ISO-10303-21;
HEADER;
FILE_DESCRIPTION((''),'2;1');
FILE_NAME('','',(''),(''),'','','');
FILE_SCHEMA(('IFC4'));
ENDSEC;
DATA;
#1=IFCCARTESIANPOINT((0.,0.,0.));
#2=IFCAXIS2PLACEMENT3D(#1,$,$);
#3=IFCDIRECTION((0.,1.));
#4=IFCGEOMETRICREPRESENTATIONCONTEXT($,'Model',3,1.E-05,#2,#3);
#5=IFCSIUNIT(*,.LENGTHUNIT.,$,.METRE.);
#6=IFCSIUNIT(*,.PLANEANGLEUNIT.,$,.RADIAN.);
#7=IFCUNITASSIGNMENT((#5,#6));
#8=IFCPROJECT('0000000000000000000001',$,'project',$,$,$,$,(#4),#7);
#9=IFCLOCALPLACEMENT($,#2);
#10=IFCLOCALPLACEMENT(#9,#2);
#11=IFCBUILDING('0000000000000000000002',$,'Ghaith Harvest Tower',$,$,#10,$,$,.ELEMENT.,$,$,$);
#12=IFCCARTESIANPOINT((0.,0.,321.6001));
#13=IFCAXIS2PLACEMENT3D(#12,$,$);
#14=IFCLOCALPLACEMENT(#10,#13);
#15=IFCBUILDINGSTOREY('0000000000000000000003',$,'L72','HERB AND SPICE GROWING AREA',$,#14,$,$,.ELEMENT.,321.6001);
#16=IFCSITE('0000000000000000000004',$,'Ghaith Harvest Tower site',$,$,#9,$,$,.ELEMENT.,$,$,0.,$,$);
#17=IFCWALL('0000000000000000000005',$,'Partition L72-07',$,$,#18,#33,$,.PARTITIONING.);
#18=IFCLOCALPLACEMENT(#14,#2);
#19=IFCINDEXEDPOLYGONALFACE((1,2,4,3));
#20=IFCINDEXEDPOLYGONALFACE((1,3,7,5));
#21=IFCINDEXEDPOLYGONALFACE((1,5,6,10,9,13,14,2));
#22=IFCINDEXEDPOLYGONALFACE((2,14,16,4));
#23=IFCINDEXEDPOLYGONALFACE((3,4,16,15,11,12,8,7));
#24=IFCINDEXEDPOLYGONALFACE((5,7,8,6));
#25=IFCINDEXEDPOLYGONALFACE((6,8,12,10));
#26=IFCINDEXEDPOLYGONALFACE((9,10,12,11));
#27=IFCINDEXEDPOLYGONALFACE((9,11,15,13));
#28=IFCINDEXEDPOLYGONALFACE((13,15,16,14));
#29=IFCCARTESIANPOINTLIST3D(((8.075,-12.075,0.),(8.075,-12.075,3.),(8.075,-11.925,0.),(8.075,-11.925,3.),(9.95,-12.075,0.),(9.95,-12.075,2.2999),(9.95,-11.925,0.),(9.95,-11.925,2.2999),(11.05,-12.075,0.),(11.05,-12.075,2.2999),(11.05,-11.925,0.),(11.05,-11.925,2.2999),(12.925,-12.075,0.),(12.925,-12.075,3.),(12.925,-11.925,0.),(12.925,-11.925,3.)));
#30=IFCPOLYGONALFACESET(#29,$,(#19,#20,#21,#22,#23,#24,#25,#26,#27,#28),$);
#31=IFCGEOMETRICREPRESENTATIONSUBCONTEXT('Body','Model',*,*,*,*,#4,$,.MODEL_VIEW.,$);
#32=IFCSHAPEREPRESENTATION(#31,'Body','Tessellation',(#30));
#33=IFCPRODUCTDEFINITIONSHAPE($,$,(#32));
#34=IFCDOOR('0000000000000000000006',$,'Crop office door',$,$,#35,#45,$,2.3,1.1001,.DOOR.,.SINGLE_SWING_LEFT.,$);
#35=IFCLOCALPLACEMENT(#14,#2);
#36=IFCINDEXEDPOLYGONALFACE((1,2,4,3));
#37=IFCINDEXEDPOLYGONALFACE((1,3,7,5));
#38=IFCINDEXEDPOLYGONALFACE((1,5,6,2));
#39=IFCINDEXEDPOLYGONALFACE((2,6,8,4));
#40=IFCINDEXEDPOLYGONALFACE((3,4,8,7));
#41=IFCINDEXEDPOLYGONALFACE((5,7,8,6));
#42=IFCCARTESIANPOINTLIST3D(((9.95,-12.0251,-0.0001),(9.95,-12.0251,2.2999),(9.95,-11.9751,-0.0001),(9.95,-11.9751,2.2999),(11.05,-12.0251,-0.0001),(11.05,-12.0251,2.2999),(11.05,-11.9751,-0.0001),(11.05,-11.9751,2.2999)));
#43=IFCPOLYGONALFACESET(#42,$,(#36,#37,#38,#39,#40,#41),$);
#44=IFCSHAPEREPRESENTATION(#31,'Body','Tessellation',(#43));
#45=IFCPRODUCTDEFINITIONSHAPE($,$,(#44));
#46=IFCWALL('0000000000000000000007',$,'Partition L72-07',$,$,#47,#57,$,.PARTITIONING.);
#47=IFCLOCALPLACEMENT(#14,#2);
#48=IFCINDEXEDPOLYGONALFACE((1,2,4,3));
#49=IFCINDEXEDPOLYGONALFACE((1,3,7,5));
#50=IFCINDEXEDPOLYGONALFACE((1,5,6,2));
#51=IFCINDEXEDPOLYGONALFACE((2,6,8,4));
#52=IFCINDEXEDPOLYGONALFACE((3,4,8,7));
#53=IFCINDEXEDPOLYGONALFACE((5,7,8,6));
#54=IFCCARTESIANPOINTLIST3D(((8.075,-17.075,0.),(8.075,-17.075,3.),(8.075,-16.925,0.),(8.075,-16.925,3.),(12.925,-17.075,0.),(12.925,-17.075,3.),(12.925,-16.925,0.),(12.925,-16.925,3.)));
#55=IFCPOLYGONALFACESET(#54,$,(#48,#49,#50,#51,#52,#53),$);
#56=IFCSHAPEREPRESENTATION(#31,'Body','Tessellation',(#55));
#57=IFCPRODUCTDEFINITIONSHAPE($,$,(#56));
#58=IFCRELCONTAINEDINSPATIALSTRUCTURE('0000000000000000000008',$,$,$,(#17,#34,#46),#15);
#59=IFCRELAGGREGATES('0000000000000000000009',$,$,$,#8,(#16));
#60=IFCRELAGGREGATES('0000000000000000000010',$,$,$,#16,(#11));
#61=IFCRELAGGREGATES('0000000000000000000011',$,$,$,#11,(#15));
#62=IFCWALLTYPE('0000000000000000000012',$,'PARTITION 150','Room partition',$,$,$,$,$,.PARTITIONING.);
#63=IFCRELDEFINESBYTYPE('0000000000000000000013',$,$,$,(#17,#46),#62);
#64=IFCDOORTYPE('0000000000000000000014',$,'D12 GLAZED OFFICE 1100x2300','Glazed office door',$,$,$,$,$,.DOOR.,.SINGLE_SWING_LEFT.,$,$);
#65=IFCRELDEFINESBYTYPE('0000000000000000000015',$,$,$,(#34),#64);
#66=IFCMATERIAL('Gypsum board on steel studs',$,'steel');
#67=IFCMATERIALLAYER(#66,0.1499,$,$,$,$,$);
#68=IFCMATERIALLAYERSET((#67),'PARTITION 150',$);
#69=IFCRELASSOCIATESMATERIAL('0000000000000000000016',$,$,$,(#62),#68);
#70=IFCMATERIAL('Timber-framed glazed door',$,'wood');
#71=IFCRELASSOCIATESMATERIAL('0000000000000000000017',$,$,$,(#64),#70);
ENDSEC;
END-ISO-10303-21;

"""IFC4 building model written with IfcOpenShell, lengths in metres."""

from ifc_helpers import new_model, si_unit, direction, frame, frame_2d, origin, place, context, subcontext, project, spatial, rectangle, extrude, material, layer, layer_set, type_object, element, fill, save


model = new_model("IFC4")

# Units and contexts
model_context = context("Model", 3, precision=1e-05, world=origin(), true_north=direction((0.0, 1.0)))
body_context = subcontext(model_context, "Body", "Model", "MODEL_VIEW")
ifc_project = project(units=[si_unit("LENGTHUNIT", "METRE"), si_unit("PLANEANGLEUNIT", "RADIAN")], contexts=[model_context])

# Site, building, storey
site_placement = place(None, origin())
site = spatial("IfcSite", under=ifc_project, at=site_placement, Name="Ghaith Harvest Tower site", CompositionType="ELEMENT", RefElevation=0.0)
building_placement = place(site_placement, origin())
building = spatial("IfcBuilding", under=site, at=building_placement, Name="Ghaith Harvest Tower", CompositionType="ELEMENT")
storey_placement = place(building_placement, frame((0.0, 0.0, 321.6001)))
storey = spatial("IfcBuildingStorey", under=building, at=storey_placement, Name="L72", Description="HERB AND SPICE GROWING AREA", CompositionType="ELEMENT", Elevation=321.6001)

# Shared definitions
ifc_material_1 = material(Name="Gypsum board on steel studs", Category="steel")
ifc_layer_1 = layer(ifc_material_1, 0.1499)
ifc_layer_set_1 = layer_set([ifc_layer_1], Name="PARTITION 150")
wall_type = type_object("IfcWallType", Name="PARTITION 150", Description="Room partition", PredefinedType="PARTITIONING", material=ifc_layer_set_1)

# Wall, opening, door
wall_1_placement = place(storey_placement, frame((8.075, -12.0, 0.0), z_axis=(0.0, 0.0, 1.0), x_axis=(1.0, 0.0, 0.0)))
wall_1 = element("IfcWall", 1, at=wall_1_placement, inside=storey, type_object=wall_type, Name="Partition L72-07", PredefinedType="PARTITIONING", context=body_context, shape_type="SweptSolid", body=[
    extrude(rectangle(XDim=4.8501, YDim=0.1499, at=frame_2d((2.425, 0.0))), origin(), (0.0, 0.0, 1.0), 3.0),
])
opening_1_placement = place(wall_1_placement, frame((1.875, 0.0, 0.0)))
opening_1 = element("IfcOpeningElement", 2, at=opening_1_placement, cuts=wall_1, PredefinedType="OPENING", context=body_context, shape_type="SweptSolid", body=[
    extrude(rectangle(XDim=1.1001, YDim=2.3, at=frame_2d((0.55, 1.1499))), frame((0.0, 0.085, 0.0), z_axis=(0.0, -1.0, 0.0), x_axis=(1.0, 0.0, 0.0)), (0.0, 0.0, 1.0), 0.1699),
])
ifc_material_2 = material(Name="Timber-framed glazed door", Category="wood")
door_type_1 = type_object("IfcDoorType", Name="D12 GLAZED OFFICE 1100x2300", Description="Glazed office door", OperationType="SINGLE_SWING_LEFT", PredefinedType="DOOR", material=ifc_material_2)
door_1_placement = place(opening_1_placement, origin())
door_1 = element("IfcDoor", 3, at=door_1_placement, inside=storey, type_object=door_type_1, Name="Crop office door", OperationType="SINGLE_SWING_LEFT", OverallHeight=2.3, OverallWidth=1.1001, PredefinedType="DOOR", context=body_context, shape_type="SweptSolid", body=[
    extrude(rectangle(XDim=1.1001, YDim=2.3, at=frame_2d((0.55, 1.1499))), frame((0.0, 0.0249, 0.0), z_axis=(0.0, -1.0, 0.0), x_axis=(1.0, 0.0, 0.0)), (0.0, 0.0, 1.0), 0.05),
])
fill(opening_1, door_1)

# Wall
wall_2_placement = place(storey_placement, frame((8.075, -17.0, 0.0), z_axis=(0.0, 0.0, 1.0), x_axis=(1.0, 0.0, 0.0)))
element("IfcWall", 4, at=wall_2_placement, inside=storey, type_object=wall_type, Name="Partition L72-07", PredefinedType="PARTITIONING", context=body_context, shape_type="SweptSolid", body=[
    extrude(rectangle(XDim=4.8501, YDim=0.1499, at=frame_2d((2.425, 0.0))), origin(), (0.0, 0.0, 1.0), 3.0),
])

save(model, "model.ifc")
